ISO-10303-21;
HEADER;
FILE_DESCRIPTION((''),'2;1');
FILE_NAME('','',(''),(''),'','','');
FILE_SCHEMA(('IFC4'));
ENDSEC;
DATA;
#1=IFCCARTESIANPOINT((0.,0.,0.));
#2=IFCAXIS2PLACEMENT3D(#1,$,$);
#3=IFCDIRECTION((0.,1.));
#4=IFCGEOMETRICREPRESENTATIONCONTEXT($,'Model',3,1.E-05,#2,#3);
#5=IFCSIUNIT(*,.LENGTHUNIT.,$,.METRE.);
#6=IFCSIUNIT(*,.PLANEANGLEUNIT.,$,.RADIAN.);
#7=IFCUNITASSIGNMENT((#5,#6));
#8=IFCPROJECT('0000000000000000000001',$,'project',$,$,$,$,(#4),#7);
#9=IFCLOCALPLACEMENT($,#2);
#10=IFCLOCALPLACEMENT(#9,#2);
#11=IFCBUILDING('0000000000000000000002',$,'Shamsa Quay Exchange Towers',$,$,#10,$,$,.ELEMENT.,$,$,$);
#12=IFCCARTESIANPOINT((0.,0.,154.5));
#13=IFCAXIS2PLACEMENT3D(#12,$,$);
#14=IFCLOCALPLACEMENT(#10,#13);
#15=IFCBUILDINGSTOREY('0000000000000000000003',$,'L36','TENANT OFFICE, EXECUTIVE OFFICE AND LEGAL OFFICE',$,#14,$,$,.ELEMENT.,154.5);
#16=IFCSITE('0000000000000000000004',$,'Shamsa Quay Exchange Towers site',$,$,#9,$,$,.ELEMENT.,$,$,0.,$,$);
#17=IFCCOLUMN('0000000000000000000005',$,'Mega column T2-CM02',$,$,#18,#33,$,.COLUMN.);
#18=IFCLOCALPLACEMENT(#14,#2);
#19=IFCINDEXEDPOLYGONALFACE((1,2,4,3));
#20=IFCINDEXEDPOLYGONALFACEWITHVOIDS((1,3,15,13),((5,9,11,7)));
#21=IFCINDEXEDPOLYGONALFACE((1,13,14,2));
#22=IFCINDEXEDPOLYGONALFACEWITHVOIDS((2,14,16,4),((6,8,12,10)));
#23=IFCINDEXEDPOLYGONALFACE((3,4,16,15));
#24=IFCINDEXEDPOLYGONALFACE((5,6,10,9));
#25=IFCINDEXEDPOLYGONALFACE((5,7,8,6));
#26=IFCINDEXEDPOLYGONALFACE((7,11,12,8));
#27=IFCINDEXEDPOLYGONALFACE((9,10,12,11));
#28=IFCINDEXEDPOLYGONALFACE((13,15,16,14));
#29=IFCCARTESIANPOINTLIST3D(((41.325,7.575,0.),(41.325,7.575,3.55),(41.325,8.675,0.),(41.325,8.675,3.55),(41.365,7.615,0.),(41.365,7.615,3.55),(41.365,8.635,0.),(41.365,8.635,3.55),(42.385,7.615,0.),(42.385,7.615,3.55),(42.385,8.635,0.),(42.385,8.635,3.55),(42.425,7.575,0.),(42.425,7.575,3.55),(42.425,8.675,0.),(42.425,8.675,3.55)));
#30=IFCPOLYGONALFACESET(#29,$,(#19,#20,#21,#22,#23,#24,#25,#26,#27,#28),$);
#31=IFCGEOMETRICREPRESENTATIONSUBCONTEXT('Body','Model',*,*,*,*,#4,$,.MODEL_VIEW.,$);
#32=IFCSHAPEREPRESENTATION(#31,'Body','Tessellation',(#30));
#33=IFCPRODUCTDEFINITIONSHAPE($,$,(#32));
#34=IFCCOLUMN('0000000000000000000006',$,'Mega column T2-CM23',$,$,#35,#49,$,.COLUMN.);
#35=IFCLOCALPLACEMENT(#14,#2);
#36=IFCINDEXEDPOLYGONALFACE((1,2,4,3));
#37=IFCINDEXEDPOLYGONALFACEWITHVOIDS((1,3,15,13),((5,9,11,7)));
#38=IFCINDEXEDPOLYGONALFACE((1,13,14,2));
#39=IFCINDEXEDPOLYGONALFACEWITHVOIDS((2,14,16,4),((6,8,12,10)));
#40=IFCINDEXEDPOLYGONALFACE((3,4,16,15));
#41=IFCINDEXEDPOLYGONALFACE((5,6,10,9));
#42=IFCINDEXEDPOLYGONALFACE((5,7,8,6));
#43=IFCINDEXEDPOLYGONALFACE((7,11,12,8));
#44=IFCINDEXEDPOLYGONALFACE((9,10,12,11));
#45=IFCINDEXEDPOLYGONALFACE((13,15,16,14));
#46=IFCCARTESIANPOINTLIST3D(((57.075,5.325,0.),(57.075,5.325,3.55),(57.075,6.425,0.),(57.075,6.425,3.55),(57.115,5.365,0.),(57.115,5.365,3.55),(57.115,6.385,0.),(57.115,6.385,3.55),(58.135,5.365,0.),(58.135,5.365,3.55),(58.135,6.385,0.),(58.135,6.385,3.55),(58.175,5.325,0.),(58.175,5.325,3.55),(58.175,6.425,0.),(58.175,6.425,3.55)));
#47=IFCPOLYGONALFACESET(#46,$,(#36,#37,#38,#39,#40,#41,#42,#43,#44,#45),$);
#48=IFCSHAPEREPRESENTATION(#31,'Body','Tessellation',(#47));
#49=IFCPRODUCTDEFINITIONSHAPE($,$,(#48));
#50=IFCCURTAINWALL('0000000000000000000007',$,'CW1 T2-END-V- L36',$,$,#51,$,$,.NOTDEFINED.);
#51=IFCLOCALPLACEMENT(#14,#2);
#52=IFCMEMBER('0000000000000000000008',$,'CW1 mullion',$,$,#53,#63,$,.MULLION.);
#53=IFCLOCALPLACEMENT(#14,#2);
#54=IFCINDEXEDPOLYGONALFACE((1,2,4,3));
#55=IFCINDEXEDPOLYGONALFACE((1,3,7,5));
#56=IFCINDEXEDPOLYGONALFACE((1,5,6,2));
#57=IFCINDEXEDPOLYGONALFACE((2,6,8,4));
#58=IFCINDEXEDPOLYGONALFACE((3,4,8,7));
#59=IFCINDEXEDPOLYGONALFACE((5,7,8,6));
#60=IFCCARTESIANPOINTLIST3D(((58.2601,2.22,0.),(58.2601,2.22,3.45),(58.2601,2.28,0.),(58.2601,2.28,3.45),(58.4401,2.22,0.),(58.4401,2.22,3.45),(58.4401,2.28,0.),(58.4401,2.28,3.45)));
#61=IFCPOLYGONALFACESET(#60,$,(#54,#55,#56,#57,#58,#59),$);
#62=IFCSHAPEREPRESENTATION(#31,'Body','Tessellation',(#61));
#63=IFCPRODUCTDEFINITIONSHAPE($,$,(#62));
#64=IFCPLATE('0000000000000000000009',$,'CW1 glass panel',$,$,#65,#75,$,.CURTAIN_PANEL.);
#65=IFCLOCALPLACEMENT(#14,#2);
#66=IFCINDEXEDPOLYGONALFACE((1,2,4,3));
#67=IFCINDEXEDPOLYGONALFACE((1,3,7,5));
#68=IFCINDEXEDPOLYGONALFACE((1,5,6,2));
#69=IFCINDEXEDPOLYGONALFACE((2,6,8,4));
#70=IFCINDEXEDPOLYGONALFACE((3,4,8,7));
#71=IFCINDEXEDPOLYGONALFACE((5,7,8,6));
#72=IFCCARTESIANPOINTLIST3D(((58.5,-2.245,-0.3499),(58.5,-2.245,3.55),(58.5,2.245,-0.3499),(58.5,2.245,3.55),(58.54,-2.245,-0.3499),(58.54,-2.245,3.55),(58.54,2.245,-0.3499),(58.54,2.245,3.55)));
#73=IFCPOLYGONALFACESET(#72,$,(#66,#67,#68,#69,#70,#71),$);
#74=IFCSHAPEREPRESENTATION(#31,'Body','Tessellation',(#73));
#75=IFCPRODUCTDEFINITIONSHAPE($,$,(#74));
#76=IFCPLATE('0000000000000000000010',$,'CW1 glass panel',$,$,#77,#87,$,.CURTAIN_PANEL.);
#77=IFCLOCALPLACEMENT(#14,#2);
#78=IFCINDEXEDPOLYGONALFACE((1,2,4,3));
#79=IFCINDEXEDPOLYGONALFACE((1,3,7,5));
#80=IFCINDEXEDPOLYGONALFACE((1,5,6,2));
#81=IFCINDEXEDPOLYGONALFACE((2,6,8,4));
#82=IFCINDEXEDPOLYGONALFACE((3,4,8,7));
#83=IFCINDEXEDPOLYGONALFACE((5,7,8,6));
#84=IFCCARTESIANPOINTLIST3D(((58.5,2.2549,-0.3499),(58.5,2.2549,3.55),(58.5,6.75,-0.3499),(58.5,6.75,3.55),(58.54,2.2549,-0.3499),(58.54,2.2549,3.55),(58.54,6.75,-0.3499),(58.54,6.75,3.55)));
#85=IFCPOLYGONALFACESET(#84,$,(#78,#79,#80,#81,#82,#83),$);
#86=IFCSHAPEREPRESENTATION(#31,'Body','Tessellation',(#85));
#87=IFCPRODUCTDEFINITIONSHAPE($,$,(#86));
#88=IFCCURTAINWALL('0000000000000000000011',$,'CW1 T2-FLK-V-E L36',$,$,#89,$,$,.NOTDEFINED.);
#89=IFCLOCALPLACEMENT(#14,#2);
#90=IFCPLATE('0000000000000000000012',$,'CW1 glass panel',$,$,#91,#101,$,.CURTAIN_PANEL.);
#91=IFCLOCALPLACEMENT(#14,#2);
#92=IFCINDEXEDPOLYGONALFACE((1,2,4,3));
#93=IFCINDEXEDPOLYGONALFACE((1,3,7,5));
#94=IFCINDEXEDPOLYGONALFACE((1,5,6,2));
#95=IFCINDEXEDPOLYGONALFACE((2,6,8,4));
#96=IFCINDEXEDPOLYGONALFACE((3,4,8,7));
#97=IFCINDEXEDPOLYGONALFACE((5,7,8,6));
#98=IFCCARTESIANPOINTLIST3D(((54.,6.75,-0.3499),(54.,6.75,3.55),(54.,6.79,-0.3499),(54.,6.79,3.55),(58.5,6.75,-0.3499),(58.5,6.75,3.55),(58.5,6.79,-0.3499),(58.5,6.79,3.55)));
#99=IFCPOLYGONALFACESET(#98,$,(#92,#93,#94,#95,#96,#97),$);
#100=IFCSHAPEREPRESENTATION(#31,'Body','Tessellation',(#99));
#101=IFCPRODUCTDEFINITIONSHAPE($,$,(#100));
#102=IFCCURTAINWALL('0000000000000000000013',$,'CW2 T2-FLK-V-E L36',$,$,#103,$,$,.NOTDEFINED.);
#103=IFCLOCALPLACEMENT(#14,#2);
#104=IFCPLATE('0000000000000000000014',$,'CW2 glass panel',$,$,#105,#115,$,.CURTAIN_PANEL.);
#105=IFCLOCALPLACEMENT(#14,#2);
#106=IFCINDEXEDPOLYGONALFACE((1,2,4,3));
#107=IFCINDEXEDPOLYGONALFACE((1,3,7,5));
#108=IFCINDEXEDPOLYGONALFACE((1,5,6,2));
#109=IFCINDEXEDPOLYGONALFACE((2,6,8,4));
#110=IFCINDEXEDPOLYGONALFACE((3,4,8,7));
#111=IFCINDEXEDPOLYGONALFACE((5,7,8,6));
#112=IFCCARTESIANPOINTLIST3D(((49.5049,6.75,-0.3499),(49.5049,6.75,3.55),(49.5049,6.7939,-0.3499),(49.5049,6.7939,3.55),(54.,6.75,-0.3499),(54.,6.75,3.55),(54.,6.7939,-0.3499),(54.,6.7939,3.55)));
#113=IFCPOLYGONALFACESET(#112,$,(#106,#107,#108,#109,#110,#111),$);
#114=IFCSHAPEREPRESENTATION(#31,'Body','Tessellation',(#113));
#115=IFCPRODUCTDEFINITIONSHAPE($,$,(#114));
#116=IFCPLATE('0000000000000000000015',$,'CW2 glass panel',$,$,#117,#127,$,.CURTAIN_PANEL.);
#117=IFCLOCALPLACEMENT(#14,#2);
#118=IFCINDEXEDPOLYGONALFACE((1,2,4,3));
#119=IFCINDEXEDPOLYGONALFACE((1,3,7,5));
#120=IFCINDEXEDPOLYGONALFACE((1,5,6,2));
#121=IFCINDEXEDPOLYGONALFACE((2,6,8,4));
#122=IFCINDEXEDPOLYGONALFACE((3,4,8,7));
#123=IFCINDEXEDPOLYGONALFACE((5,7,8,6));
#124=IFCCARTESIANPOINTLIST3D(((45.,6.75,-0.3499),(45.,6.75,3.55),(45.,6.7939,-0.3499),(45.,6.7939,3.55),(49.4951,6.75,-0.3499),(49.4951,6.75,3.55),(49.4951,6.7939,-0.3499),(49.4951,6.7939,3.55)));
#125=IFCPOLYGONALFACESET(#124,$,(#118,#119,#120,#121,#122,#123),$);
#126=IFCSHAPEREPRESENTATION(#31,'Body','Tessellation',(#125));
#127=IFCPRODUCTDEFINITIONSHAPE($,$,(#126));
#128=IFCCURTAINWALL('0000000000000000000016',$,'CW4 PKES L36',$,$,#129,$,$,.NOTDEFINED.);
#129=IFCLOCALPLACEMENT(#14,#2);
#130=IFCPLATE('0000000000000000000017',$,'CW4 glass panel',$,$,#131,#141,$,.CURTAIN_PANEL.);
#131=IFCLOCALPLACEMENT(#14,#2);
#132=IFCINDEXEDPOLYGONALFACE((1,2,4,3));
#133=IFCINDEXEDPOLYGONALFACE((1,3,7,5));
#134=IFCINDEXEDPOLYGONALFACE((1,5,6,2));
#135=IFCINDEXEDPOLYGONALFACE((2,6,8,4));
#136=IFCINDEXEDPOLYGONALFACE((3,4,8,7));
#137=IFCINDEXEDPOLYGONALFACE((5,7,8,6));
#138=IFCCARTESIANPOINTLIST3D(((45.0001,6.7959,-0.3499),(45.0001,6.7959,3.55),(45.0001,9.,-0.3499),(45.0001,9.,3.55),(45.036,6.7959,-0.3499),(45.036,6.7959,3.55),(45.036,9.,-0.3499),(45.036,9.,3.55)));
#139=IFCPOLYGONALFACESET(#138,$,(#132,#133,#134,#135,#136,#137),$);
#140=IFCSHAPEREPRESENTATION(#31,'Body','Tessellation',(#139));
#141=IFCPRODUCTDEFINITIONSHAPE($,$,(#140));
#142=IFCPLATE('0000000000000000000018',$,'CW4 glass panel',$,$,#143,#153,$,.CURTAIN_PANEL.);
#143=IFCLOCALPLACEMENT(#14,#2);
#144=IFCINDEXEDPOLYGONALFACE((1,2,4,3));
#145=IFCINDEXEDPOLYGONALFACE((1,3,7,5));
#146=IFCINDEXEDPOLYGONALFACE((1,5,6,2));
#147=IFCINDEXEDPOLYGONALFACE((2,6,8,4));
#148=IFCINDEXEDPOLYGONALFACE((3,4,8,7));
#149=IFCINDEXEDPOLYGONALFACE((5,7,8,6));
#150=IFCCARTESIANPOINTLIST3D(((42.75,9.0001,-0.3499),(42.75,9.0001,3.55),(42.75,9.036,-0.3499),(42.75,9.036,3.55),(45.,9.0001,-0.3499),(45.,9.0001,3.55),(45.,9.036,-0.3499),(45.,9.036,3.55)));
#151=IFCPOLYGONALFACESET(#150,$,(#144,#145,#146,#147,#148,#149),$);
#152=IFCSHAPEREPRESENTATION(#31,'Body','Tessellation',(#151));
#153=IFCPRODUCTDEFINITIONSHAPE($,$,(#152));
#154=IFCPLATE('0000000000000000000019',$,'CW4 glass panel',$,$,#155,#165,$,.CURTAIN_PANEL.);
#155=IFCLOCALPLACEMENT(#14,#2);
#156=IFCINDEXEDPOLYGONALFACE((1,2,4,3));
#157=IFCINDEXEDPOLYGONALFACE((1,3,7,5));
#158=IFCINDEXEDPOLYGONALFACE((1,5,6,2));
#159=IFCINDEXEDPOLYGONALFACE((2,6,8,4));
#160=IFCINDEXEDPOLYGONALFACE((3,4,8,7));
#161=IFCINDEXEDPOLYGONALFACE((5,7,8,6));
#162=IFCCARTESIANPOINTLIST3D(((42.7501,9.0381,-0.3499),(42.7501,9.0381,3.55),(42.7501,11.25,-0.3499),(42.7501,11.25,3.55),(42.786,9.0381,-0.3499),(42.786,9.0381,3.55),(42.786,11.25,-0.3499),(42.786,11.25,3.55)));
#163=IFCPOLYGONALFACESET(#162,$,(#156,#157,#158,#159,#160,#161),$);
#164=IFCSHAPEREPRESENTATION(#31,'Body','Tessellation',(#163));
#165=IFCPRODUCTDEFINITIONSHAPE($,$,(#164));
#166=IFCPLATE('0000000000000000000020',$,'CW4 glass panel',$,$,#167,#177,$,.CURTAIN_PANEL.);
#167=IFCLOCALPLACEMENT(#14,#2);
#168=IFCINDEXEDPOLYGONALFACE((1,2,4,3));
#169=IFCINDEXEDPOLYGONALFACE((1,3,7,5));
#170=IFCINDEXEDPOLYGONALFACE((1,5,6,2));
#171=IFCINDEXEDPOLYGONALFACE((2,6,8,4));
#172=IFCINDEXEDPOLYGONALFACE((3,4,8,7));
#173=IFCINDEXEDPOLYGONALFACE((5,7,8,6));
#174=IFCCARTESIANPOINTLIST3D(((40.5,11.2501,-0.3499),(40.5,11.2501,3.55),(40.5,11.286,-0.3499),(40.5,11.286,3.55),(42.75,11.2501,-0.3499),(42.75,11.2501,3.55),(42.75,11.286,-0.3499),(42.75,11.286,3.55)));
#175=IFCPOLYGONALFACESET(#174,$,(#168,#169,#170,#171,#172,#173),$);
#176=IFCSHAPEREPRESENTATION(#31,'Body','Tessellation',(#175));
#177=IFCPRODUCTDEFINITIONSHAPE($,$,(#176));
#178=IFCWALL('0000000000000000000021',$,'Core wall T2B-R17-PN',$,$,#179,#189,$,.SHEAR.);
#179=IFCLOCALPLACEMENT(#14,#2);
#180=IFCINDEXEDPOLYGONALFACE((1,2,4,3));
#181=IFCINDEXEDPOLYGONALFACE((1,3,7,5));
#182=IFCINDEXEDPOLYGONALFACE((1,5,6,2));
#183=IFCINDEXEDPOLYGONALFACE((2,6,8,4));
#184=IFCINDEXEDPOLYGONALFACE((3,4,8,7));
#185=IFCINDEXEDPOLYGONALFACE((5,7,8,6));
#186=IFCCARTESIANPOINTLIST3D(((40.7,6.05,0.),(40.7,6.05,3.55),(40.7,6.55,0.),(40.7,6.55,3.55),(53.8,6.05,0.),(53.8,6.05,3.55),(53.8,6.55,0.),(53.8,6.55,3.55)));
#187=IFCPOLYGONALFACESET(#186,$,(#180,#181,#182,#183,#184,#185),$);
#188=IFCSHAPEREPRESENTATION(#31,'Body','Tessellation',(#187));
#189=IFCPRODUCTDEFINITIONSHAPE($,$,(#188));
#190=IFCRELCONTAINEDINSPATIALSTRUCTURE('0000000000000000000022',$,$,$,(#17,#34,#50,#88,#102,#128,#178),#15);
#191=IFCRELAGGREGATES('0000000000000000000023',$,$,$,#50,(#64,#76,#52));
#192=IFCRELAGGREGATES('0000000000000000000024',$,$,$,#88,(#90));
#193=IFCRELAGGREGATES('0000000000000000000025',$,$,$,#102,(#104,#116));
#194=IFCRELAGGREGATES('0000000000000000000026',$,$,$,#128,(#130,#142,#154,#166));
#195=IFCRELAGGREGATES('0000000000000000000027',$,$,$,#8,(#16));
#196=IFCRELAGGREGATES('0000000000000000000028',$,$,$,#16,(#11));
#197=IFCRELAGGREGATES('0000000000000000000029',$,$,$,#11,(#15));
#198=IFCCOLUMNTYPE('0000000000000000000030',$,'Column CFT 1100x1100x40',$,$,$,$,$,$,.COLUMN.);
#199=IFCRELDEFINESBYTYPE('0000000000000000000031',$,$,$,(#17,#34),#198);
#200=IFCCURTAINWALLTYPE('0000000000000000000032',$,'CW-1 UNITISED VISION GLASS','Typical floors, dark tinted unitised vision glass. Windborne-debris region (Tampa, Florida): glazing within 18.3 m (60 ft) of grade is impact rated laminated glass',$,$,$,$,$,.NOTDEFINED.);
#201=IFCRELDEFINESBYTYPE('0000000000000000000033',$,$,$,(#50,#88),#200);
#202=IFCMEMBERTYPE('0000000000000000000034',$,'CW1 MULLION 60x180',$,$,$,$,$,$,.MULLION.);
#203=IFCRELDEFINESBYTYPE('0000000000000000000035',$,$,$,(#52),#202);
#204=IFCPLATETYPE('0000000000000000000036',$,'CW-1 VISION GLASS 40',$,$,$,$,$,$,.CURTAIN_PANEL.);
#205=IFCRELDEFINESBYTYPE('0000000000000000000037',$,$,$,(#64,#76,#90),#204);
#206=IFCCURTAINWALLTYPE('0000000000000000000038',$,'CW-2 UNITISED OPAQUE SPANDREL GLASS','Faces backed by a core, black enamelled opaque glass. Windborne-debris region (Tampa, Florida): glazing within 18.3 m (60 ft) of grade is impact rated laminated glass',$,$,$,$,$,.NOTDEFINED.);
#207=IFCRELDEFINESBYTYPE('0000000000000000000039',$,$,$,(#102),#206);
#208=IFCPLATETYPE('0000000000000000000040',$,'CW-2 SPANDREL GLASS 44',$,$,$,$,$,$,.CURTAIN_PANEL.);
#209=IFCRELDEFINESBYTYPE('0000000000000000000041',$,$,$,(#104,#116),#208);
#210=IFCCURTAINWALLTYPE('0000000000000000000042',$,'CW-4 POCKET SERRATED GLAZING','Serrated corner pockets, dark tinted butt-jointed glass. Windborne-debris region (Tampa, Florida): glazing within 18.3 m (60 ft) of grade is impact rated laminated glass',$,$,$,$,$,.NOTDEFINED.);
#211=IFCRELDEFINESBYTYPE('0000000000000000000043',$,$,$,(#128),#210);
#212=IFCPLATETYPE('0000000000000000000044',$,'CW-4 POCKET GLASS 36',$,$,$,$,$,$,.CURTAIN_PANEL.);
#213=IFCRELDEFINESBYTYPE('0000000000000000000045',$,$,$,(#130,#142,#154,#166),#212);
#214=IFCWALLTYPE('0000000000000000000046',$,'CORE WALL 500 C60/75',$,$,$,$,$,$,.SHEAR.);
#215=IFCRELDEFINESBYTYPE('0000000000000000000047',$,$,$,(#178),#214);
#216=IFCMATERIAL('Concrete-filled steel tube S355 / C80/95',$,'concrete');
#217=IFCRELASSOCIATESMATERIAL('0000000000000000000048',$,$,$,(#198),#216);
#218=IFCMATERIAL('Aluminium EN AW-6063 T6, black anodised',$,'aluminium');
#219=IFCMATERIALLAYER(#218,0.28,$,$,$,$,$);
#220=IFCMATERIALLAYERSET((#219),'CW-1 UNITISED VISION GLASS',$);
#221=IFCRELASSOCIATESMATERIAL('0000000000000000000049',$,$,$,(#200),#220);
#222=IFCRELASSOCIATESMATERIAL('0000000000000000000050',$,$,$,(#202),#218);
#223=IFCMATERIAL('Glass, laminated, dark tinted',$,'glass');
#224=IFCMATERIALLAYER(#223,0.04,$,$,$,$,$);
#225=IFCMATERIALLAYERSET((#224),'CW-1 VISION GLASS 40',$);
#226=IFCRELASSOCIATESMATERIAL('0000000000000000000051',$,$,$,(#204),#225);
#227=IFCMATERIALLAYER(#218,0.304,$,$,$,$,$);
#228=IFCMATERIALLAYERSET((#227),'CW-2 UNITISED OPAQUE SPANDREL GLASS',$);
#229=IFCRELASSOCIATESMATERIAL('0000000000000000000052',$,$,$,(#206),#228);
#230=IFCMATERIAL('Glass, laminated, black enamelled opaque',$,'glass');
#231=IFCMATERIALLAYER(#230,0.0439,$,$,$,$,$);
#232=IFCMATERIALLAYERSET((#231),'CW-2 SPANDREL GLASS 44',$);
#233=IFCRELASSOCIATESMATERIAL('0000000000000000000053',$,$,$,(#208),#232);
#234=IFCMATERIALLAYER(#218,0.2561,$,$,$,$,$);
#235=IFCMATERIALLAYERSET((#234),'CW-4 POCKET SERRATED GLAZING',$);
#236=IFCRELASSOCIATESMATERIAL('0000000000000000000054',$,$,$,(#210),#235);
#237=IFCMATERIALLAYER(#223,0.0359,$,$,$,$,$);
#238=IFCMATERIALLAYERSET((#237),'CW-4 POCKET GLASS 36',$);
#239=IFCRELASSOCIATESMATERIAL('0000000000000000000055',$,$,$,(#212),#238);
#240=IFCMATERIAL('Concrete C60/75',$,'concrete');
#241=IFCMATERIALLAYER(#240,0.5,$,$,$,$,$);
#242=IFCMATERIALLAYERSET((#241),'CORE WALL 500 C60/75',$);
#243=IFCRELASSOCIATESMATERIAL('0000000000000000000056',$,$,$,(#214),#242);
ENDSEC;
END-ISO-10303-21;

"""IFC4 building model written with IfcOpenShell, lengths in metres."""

from ifc_helpers import new_model, si_unit, direction, frame, frame_2d, origin, origin_2d, place, context, subcontext, project, spatial, rectangle, hollow_rectangle, extrude, material, layer, layer_set, material_profile, profile_set, type_object, element, aggregate, save


model = new_model("IFC4")

# Units and contexts
model_context = context("Model", 3, precision=1e-05, world=origin(), true_north=direction((0.0, 1.0)))
body_context = subcontext(model_context, "Body", "Model", "MODEL_VIEW")
ifc_project = project(units=[si_unit("LENGTHUNIT", "METRE"), si_unit("PLANEANGLEUNIT", "RADIAN")], contexts=[model_context])

# Site, building, storey
site_placement = place(None, origin())
site = spatial("IfcSite", under=ifc_project, at=site_placement, Name="Shamsa Quay Exchange Towers site", CompositionType="ELEMENT", RefElevation=0.0)
building_placement = place(site_placement, origin())
building = spatial("IfcBuilding", under=site, at=building_placement, Name="Shamsa Quay Exchange Towers", CompositionType="ELEMENT")
storey_placement = place(building_placement, frame((0.0, 0.0, 154.5)))
storey = spatial("IfcBuildingStorey", under=building, at=storey_placement, Name="L36", Description="TENANT OFFICE, EXECUTIVE OFFICE AND LEGAL OFFICE", CompositionType="ELEMENT", Elevation=154.5)

# Columns
ifc_material_1 = material(Name="Concrete-filled steel tube S355 / C80/95", Category="concrete")
ifc_material_profile_1 = material_profile(ifc_material_1, hollow_rectangle(XDim=1.1001, YDim=1.1001, WallThickness=0.04, at=origin_2d()), Name="CFT 1100x1100x40")
ifc_profile_set_1 = profile_set([ifc_material_profile_1], Name="Concrete-filled steel tube S355 / C80/95")
column_type = type_object("IfcColumnType", Name="Column CFT 1100x1100x40", PredefinedType="COLUMN", material=ifc_profile_set_1)
for number, where, name in (
    (1, (41.875, 8.125, 0.0), "Mega column T2-CM02"),
    (2, (57.625, 5.875, 0.0), "Mega column T2-CM23"),
):
    element("IfcColumn", number, at=place(storey_placement, frame(where)), inside=storey, type_object=column_type, Name=name, PredefinedType="COLUMN", context=body_context, shape_type="SweptSolid", body=[
        extrude(hollow_rectangle(XDim=1.1001, YDim=1.1001, WallThickness=0.04, at=origin_2d()), origin(), (0.0, 0.0, 1.0), 3.55),
    ])

# Curtain wall, member, plates
ifc_material_2 = material(Name="Aluminium EN AW-6063 T6, black anodised", Category="aluminium")
ifc_layer_1 = layer(ifc_material_2, 0.28)
ifc_layer_set_1 = layer_set([ifc_layer_1], Name="CW-1 UNITISED VISION GLASS")
curtain_wall_type_1 = type_object("IfcCurtainWallType", Name="CW-1 UNITISED VISION GLASS", Description="Typical floors, dark tinted unitised vision glass. Windborne-debris region (Tampa, Florida): glazing within 18.3 m (60 ft) of grade is impact rated laminated glass", PredefinedType="NOTDEFINED", material=ifc_layer_set_1)
curtain_wall_1_placement = place(storey_placement, origin())
curtain_wall_1 = element("IfcCurtainWall", 3, at=curtain_wall_1_placement, inside=storey, type_object=curtain_wall_type_1, Name="CW1 T2-END-V- L36", PredefinedType="NOTDEFINED")
ifc_material_profile_2 = material_profile(ifc_material_2, rectangle(XDim=0.1799, YDim=0.0601, at=origin_2d()), Name="MU60x180")
ifc_profile_set_2 = profile_set([ifc_material_profile_2], Name="Aluminium EN AW-6063 T6, black anodised")
member_type = type_object("IfcMemberType", Name="CW1 MULLION 60x180", PredefinedType="MULLION", material=ifc_profile_set_2)
member_placement = place(storey_placement, frame((58.3501, 2.25, 0.0), z_axis=(0.0, 0.0, 1.0), x_axis=(-1.0, 0.0, 0.0)))
member = element("IfcMember", 4, at=member_placement, type_object=member_type, Name="CW1 mullion", PredefinedType="MULLION", context=body_context, shape_type="SweptSolid", body=[
    extrude(rectangle(XDim=0.1799, YDim=0.0601, at=origin_2d()), origin(), (0.0, 0.0, 1.0), 3.45),
])
ifc_material_3 = material(Name="Glass, laminated, dark tinted", Category="glass")
ifc_layer_2 = layer(ifc_material_3, 0.04)
ifc_layer_set_2 = layer_set([ifc_layer_2], Name="CW-1 VISION GLASS 40")
plate_type_1 = type_object("IfcPlateType", Name="CW-1 VISION GLASS 40", PredefinedType="CURTAIN_PANEL", material=ifc_layer_set_2)
plate_1_placement = place(storey_placement, frame((58.52, 0.0, -0.3499), z_axis=(0.0, 0.0, 1.0), x_axis=(0.0, 1.0, 0.0)))
plate_1 = element("IfcPlate", 5, at=plate_1_placement, type_object=plate_type_1, Name="CW1 glass panel", PredefinedType="CURTAIN_PANEL", context=body_context, shape_type="SweptSolid", body=[
    extrude(rectangle(XDim=4.49, YDim=0.04, at=origin_2d()), origin(), (0.0, 0.0, 1.0), 3.8999),
])
plate_2_placement = place(storey_placement, frame((58.52, 4.5024, -0.3499), z_axis=(0.0, 0.0, 1.0), x_axis=(0.0, 1.0, 0.0)))
plate_2 = element("IfcPlate", 6, at=plate_2_placement, type_object=plate_type_1, Name="CW1 glass panel", PredefinedType="CURTAIN_PANEL", context=body_context, shape_type="SweptSolid", body=[
    extrude(rectangle(XDim=4.4951, YDim=0.04, at=origin_2d()), origin(), (0.0, 0.0, 1.0), 3.8999),
])
aggregate(curtain_wall_1, [plate_1, plate_2, member])

# Curtain wall, plate
curtain_wall_2_placement = place(storey_placement, origin())
curtain_wall_2 = element("IfcCurtainWall", 7, at=curtain_wall_2_placement, inside=storey, type_object=curtain_wall_type_1, Name="CW1 T2-FLK-V-E L36", PredefinedType="NOTDEFINED")
plate_3_placement = place(storey_placement, frame((56.25, 6.77, -0.3499), z_axis=(0.0, 0.0, 1.0), x_axis=(-1.0, 0.0, 0.0)))
plate_3 = element("IfcPlate", 8, at=plate_3_placement, type_object=plate_type_1, Name="CW1 glass panel", PredefinedType="CURTAIN_PANEL", context=body_context, shape_type="SweptSolid", body=[
    extrude(rectangle(XDim=4.5, YDim=0.04, at=origin_2d()), origin(), (0.0, 0.0, 1.0), 3.8999),
])
aggregate(curtain_wall_2, [plate_3])

# Curtain walls, plates
ifc_layer_3 = layer(ifc_material_2, 0.304)
ifc_layer_set_3 = layer_set([ifc_layer_3], Name="CW-2 UNITISED OPAQUE SPANDREL GLASS")
curtain_wall_type_2 = type_object("IfcCurtainWallType", Name="CW-2 UNITISED OPAQUE SPANDREL GLASS", Description="Faces backed by a core, black enamelled opaque glass. Windborne-debris region (Tampa, Florida): glazing within 18.3 m (60 ft) of grade is impact rated laminated glass", PredefinedType="NOTDEFINED", material=ifc_layer_set_3)
curtain_wall_3_placement = place(storey_placement, origin())
curtain_wall_3 = element("IfcCurtainWall", 9, at=curtain_wall_3_placement, inside=storey, type_object=curtain_wall_type_2, Name="CW2 T2-FLK-V-E L36", PredefinedType="NOTDEFINED")
ifc_material_4 = material(Name="Glass, laminated, black enamelled opaque", Category="glass")
ifc_layer_4 = layer(ifc_material_4, 0.0439)
ifc_layer_set_4 = layer_set([ifc_layer_4], Name="CW-2 SPANDREL GLASS 44")
plate_type_2 = type_object("IfcPlateType", Name="CW-2 SPANDREL GLASS 44", PredefinedType="CURTAIN_PANEL", material=ifc_layer_set_4)
plate_4_placement = place(storey_placement, frame((51.7524, 6.772, -0.3499), z_axis=(0.0, 0.0, 1.0), x_axis=(-1.0, 0.0, 0.0)))
plate_4 = element("IfcPlate", 10, at=plate_4_placement, type_object=plate_type_2, Name="CW2 glass panel", PredefinedType="CURTAIN_PANEL", context=body_context, shape_type="SweptSolid", body=[
    extrude(rectangle(XDim=4.4951, YDim=0.0439, at=origin_2d()), origin(), (0.0, 0.0, 1.0), 3.8999),
])
plate_5_placement = place(storey_placement, frame((47.2476, 6.772, -0.3499), z_axis=(0.0, 0.0, 1.0), x_axis=(-1.0, 0.0, 0.0)))
plate_5 = element("IfcPlate", 11, at=plate_5_placement, type_object=plate_type_2, Name="CW2 glass panel", PredefinedType="CURTAIN_PANEL", context=body_context, shape_type="SweptSolid", body=[
    extrude(rectangle(XDim=4.4951, YDim=0.0439, at=origin_2d()), origin(), (0.0, 0.0, 1.0), 3.8999),
])
aggregate(curtain_wall_3, [plate_4, plate_5])
ifc_layer_5 = layer(ifc_material_2, 0.2561)
ifc_layer_set_5 = layer_set([ifc_layer_5], Name="CW-4 POCKET SERRATED GLAZING")
curtain_wall_type_3 = type_object("IfcCurtainWallType", Name="CW-4 POCKET SERRATED GLAZING", Description="Serrated corner pockets, dark tinted butt-jointed glass. Windborne-debris region (Tampa, Florida): glazing within 18.3 m (60 ft) of grade is impact rated laminated glass", PredefinedType="NOTDEFINED", material=ifc_layer_set_5)
curtain_wall_4_placement = place(storey_placement, origin())
curtain_wall_4 = element("IfcCurtainWall", 12, at=curtain_wall_4_placement, inside=storey, type_object=curtain_wall_type_3, Name="CW4 PKES L36", PredefinedType="NOTDEFINED")
ifc_layer_6 = layer(ifc_material_3, 0.0359)
ifc_layer_set_6 = layer_set([ifc_layer_6], Name="CW-4 POCKET GLASS 36")
plate_type_3 = type_object("IfcPlateType", Name="CW-4 POCKET GLASS 36", PredefinedType="CURTAIN_PANEL", material=ifc_layer_set_6)
plate_6_placement = place(storey_placement, frame((45.0181, 7.8979, -0.3499), z_axis=(0.0, 0.0, 1.0), x_axis=(0.0, 1.0, 0.0)))
plate_6 = element("IfcPlate", 13, at=plate_6_placement, type_object=plate_type_3, Name="CW4 glass panel", PredefinedType="CURTAIN_PANEL", context=body_context, shape_type="SweptSolid", body=[
    extrude(rectangle(XDim=2.2041, YDim=0.0359, at=origin_2d()), origin(), (0.0, 0.0, 1.0), 3.8999),
])
plate_7_placement = place(storey_placement, frame((43.875, 9.0181, -0.3499), z_axis=(0.0, 0.0, 1.0), x_axis=(-1.0, 0.0, 0.0)))
plate_7 = element("IfcPlate", 14, at=plate_7_placement, type_object=plate_type_3, Name="CW4 glass panel", PredefinedType="CURTAIN_PANEL", context=body_context, shape_type="SweptSolid", body=[
    extrude(rectangle(XDim=2.25, YDim=0.0359, at=origin_2d()), origin(), (0.0, 0.0, 1.0), 3.8999),
])
plate_8_placement = place(storey_placement, frame((42.7681, 10.144, -0.3499), z_axis=(0.0, 0.0, 1.0), x_axis=(0.0, 1.0, 0.0)))
plate_8 = element("IfcPlate", 15, at=plate_8_placement, type_object=plate_type_3, Name="CW4 glass panel", PredefinedType="CURTAIN_PANEL", context=body_context, shape_type="SweptSolid", body=[
    extrude(rectangle(XDim=2.2119, YDim=0.0359, at=origin_2d()), origin(), (0.0, 0.0, 1.0), 3.8999),
])
plate_9_placement = place(storey_placement, frame((41.625, 11.2681, -0.3499), z_axis=(0.0, 0.0, 1.0), x_axis=(-1.0, 0.0, 0.0)))
plate_9 = element("IfcPlate", 16, at=plate_9_placement, type_object=plate_type_3, Name="CW4 glass panel", PredefinedType="CURTAIN_PANEL", context=body_context, shape_type="SweptSolid", body=[
    extrude(rectangle(XDim=2.25, YDim=0.0359, at=origin_2d()), origin(), (0.0, 0.0, 1.0), 3.8999),
])
aggregate(curtain_wall_4, [plate_6, plate_7, plate_8, plate_9])

# Wall
ifc_material_5 = material(Name="Concrete C60/75", Category="concrete")
ifc_layer_7 = layer(ifc_material_5, 0.5)
ifc_layer_set_7 = layer_set([ifc_layer_7], Name="CORE WALL 500 C60/75")
wall_type_1 = type_object("IfcWallType", Name="CORE WALL 500 C60/75", PredefinedType="SHEAR", material=ifc_layer_set_7)
wall_1_placement = place(storey_placement, frame((53.8, 6.3, 0.0), z_axis=(0.0, 0.0, 1.0), x_axis=(-1.0, 0.0, 0.0)))
element("IfcWall", 17, at=wall_1_placement, inside=storey, type_object=wall_type_1, Name="Core wall T2B-R17-PN", PredefinedType="SHEAR", context=body_context, shape_type="SweptSolid", body=[
    extrude(rectangle(XDim=13.1001, YDim=0.5, at=frame_2d((6.55, 0.0))), origin(), (0.0, 0.0, 1.0), 3.55),
])

save(model, "model.ifc")
